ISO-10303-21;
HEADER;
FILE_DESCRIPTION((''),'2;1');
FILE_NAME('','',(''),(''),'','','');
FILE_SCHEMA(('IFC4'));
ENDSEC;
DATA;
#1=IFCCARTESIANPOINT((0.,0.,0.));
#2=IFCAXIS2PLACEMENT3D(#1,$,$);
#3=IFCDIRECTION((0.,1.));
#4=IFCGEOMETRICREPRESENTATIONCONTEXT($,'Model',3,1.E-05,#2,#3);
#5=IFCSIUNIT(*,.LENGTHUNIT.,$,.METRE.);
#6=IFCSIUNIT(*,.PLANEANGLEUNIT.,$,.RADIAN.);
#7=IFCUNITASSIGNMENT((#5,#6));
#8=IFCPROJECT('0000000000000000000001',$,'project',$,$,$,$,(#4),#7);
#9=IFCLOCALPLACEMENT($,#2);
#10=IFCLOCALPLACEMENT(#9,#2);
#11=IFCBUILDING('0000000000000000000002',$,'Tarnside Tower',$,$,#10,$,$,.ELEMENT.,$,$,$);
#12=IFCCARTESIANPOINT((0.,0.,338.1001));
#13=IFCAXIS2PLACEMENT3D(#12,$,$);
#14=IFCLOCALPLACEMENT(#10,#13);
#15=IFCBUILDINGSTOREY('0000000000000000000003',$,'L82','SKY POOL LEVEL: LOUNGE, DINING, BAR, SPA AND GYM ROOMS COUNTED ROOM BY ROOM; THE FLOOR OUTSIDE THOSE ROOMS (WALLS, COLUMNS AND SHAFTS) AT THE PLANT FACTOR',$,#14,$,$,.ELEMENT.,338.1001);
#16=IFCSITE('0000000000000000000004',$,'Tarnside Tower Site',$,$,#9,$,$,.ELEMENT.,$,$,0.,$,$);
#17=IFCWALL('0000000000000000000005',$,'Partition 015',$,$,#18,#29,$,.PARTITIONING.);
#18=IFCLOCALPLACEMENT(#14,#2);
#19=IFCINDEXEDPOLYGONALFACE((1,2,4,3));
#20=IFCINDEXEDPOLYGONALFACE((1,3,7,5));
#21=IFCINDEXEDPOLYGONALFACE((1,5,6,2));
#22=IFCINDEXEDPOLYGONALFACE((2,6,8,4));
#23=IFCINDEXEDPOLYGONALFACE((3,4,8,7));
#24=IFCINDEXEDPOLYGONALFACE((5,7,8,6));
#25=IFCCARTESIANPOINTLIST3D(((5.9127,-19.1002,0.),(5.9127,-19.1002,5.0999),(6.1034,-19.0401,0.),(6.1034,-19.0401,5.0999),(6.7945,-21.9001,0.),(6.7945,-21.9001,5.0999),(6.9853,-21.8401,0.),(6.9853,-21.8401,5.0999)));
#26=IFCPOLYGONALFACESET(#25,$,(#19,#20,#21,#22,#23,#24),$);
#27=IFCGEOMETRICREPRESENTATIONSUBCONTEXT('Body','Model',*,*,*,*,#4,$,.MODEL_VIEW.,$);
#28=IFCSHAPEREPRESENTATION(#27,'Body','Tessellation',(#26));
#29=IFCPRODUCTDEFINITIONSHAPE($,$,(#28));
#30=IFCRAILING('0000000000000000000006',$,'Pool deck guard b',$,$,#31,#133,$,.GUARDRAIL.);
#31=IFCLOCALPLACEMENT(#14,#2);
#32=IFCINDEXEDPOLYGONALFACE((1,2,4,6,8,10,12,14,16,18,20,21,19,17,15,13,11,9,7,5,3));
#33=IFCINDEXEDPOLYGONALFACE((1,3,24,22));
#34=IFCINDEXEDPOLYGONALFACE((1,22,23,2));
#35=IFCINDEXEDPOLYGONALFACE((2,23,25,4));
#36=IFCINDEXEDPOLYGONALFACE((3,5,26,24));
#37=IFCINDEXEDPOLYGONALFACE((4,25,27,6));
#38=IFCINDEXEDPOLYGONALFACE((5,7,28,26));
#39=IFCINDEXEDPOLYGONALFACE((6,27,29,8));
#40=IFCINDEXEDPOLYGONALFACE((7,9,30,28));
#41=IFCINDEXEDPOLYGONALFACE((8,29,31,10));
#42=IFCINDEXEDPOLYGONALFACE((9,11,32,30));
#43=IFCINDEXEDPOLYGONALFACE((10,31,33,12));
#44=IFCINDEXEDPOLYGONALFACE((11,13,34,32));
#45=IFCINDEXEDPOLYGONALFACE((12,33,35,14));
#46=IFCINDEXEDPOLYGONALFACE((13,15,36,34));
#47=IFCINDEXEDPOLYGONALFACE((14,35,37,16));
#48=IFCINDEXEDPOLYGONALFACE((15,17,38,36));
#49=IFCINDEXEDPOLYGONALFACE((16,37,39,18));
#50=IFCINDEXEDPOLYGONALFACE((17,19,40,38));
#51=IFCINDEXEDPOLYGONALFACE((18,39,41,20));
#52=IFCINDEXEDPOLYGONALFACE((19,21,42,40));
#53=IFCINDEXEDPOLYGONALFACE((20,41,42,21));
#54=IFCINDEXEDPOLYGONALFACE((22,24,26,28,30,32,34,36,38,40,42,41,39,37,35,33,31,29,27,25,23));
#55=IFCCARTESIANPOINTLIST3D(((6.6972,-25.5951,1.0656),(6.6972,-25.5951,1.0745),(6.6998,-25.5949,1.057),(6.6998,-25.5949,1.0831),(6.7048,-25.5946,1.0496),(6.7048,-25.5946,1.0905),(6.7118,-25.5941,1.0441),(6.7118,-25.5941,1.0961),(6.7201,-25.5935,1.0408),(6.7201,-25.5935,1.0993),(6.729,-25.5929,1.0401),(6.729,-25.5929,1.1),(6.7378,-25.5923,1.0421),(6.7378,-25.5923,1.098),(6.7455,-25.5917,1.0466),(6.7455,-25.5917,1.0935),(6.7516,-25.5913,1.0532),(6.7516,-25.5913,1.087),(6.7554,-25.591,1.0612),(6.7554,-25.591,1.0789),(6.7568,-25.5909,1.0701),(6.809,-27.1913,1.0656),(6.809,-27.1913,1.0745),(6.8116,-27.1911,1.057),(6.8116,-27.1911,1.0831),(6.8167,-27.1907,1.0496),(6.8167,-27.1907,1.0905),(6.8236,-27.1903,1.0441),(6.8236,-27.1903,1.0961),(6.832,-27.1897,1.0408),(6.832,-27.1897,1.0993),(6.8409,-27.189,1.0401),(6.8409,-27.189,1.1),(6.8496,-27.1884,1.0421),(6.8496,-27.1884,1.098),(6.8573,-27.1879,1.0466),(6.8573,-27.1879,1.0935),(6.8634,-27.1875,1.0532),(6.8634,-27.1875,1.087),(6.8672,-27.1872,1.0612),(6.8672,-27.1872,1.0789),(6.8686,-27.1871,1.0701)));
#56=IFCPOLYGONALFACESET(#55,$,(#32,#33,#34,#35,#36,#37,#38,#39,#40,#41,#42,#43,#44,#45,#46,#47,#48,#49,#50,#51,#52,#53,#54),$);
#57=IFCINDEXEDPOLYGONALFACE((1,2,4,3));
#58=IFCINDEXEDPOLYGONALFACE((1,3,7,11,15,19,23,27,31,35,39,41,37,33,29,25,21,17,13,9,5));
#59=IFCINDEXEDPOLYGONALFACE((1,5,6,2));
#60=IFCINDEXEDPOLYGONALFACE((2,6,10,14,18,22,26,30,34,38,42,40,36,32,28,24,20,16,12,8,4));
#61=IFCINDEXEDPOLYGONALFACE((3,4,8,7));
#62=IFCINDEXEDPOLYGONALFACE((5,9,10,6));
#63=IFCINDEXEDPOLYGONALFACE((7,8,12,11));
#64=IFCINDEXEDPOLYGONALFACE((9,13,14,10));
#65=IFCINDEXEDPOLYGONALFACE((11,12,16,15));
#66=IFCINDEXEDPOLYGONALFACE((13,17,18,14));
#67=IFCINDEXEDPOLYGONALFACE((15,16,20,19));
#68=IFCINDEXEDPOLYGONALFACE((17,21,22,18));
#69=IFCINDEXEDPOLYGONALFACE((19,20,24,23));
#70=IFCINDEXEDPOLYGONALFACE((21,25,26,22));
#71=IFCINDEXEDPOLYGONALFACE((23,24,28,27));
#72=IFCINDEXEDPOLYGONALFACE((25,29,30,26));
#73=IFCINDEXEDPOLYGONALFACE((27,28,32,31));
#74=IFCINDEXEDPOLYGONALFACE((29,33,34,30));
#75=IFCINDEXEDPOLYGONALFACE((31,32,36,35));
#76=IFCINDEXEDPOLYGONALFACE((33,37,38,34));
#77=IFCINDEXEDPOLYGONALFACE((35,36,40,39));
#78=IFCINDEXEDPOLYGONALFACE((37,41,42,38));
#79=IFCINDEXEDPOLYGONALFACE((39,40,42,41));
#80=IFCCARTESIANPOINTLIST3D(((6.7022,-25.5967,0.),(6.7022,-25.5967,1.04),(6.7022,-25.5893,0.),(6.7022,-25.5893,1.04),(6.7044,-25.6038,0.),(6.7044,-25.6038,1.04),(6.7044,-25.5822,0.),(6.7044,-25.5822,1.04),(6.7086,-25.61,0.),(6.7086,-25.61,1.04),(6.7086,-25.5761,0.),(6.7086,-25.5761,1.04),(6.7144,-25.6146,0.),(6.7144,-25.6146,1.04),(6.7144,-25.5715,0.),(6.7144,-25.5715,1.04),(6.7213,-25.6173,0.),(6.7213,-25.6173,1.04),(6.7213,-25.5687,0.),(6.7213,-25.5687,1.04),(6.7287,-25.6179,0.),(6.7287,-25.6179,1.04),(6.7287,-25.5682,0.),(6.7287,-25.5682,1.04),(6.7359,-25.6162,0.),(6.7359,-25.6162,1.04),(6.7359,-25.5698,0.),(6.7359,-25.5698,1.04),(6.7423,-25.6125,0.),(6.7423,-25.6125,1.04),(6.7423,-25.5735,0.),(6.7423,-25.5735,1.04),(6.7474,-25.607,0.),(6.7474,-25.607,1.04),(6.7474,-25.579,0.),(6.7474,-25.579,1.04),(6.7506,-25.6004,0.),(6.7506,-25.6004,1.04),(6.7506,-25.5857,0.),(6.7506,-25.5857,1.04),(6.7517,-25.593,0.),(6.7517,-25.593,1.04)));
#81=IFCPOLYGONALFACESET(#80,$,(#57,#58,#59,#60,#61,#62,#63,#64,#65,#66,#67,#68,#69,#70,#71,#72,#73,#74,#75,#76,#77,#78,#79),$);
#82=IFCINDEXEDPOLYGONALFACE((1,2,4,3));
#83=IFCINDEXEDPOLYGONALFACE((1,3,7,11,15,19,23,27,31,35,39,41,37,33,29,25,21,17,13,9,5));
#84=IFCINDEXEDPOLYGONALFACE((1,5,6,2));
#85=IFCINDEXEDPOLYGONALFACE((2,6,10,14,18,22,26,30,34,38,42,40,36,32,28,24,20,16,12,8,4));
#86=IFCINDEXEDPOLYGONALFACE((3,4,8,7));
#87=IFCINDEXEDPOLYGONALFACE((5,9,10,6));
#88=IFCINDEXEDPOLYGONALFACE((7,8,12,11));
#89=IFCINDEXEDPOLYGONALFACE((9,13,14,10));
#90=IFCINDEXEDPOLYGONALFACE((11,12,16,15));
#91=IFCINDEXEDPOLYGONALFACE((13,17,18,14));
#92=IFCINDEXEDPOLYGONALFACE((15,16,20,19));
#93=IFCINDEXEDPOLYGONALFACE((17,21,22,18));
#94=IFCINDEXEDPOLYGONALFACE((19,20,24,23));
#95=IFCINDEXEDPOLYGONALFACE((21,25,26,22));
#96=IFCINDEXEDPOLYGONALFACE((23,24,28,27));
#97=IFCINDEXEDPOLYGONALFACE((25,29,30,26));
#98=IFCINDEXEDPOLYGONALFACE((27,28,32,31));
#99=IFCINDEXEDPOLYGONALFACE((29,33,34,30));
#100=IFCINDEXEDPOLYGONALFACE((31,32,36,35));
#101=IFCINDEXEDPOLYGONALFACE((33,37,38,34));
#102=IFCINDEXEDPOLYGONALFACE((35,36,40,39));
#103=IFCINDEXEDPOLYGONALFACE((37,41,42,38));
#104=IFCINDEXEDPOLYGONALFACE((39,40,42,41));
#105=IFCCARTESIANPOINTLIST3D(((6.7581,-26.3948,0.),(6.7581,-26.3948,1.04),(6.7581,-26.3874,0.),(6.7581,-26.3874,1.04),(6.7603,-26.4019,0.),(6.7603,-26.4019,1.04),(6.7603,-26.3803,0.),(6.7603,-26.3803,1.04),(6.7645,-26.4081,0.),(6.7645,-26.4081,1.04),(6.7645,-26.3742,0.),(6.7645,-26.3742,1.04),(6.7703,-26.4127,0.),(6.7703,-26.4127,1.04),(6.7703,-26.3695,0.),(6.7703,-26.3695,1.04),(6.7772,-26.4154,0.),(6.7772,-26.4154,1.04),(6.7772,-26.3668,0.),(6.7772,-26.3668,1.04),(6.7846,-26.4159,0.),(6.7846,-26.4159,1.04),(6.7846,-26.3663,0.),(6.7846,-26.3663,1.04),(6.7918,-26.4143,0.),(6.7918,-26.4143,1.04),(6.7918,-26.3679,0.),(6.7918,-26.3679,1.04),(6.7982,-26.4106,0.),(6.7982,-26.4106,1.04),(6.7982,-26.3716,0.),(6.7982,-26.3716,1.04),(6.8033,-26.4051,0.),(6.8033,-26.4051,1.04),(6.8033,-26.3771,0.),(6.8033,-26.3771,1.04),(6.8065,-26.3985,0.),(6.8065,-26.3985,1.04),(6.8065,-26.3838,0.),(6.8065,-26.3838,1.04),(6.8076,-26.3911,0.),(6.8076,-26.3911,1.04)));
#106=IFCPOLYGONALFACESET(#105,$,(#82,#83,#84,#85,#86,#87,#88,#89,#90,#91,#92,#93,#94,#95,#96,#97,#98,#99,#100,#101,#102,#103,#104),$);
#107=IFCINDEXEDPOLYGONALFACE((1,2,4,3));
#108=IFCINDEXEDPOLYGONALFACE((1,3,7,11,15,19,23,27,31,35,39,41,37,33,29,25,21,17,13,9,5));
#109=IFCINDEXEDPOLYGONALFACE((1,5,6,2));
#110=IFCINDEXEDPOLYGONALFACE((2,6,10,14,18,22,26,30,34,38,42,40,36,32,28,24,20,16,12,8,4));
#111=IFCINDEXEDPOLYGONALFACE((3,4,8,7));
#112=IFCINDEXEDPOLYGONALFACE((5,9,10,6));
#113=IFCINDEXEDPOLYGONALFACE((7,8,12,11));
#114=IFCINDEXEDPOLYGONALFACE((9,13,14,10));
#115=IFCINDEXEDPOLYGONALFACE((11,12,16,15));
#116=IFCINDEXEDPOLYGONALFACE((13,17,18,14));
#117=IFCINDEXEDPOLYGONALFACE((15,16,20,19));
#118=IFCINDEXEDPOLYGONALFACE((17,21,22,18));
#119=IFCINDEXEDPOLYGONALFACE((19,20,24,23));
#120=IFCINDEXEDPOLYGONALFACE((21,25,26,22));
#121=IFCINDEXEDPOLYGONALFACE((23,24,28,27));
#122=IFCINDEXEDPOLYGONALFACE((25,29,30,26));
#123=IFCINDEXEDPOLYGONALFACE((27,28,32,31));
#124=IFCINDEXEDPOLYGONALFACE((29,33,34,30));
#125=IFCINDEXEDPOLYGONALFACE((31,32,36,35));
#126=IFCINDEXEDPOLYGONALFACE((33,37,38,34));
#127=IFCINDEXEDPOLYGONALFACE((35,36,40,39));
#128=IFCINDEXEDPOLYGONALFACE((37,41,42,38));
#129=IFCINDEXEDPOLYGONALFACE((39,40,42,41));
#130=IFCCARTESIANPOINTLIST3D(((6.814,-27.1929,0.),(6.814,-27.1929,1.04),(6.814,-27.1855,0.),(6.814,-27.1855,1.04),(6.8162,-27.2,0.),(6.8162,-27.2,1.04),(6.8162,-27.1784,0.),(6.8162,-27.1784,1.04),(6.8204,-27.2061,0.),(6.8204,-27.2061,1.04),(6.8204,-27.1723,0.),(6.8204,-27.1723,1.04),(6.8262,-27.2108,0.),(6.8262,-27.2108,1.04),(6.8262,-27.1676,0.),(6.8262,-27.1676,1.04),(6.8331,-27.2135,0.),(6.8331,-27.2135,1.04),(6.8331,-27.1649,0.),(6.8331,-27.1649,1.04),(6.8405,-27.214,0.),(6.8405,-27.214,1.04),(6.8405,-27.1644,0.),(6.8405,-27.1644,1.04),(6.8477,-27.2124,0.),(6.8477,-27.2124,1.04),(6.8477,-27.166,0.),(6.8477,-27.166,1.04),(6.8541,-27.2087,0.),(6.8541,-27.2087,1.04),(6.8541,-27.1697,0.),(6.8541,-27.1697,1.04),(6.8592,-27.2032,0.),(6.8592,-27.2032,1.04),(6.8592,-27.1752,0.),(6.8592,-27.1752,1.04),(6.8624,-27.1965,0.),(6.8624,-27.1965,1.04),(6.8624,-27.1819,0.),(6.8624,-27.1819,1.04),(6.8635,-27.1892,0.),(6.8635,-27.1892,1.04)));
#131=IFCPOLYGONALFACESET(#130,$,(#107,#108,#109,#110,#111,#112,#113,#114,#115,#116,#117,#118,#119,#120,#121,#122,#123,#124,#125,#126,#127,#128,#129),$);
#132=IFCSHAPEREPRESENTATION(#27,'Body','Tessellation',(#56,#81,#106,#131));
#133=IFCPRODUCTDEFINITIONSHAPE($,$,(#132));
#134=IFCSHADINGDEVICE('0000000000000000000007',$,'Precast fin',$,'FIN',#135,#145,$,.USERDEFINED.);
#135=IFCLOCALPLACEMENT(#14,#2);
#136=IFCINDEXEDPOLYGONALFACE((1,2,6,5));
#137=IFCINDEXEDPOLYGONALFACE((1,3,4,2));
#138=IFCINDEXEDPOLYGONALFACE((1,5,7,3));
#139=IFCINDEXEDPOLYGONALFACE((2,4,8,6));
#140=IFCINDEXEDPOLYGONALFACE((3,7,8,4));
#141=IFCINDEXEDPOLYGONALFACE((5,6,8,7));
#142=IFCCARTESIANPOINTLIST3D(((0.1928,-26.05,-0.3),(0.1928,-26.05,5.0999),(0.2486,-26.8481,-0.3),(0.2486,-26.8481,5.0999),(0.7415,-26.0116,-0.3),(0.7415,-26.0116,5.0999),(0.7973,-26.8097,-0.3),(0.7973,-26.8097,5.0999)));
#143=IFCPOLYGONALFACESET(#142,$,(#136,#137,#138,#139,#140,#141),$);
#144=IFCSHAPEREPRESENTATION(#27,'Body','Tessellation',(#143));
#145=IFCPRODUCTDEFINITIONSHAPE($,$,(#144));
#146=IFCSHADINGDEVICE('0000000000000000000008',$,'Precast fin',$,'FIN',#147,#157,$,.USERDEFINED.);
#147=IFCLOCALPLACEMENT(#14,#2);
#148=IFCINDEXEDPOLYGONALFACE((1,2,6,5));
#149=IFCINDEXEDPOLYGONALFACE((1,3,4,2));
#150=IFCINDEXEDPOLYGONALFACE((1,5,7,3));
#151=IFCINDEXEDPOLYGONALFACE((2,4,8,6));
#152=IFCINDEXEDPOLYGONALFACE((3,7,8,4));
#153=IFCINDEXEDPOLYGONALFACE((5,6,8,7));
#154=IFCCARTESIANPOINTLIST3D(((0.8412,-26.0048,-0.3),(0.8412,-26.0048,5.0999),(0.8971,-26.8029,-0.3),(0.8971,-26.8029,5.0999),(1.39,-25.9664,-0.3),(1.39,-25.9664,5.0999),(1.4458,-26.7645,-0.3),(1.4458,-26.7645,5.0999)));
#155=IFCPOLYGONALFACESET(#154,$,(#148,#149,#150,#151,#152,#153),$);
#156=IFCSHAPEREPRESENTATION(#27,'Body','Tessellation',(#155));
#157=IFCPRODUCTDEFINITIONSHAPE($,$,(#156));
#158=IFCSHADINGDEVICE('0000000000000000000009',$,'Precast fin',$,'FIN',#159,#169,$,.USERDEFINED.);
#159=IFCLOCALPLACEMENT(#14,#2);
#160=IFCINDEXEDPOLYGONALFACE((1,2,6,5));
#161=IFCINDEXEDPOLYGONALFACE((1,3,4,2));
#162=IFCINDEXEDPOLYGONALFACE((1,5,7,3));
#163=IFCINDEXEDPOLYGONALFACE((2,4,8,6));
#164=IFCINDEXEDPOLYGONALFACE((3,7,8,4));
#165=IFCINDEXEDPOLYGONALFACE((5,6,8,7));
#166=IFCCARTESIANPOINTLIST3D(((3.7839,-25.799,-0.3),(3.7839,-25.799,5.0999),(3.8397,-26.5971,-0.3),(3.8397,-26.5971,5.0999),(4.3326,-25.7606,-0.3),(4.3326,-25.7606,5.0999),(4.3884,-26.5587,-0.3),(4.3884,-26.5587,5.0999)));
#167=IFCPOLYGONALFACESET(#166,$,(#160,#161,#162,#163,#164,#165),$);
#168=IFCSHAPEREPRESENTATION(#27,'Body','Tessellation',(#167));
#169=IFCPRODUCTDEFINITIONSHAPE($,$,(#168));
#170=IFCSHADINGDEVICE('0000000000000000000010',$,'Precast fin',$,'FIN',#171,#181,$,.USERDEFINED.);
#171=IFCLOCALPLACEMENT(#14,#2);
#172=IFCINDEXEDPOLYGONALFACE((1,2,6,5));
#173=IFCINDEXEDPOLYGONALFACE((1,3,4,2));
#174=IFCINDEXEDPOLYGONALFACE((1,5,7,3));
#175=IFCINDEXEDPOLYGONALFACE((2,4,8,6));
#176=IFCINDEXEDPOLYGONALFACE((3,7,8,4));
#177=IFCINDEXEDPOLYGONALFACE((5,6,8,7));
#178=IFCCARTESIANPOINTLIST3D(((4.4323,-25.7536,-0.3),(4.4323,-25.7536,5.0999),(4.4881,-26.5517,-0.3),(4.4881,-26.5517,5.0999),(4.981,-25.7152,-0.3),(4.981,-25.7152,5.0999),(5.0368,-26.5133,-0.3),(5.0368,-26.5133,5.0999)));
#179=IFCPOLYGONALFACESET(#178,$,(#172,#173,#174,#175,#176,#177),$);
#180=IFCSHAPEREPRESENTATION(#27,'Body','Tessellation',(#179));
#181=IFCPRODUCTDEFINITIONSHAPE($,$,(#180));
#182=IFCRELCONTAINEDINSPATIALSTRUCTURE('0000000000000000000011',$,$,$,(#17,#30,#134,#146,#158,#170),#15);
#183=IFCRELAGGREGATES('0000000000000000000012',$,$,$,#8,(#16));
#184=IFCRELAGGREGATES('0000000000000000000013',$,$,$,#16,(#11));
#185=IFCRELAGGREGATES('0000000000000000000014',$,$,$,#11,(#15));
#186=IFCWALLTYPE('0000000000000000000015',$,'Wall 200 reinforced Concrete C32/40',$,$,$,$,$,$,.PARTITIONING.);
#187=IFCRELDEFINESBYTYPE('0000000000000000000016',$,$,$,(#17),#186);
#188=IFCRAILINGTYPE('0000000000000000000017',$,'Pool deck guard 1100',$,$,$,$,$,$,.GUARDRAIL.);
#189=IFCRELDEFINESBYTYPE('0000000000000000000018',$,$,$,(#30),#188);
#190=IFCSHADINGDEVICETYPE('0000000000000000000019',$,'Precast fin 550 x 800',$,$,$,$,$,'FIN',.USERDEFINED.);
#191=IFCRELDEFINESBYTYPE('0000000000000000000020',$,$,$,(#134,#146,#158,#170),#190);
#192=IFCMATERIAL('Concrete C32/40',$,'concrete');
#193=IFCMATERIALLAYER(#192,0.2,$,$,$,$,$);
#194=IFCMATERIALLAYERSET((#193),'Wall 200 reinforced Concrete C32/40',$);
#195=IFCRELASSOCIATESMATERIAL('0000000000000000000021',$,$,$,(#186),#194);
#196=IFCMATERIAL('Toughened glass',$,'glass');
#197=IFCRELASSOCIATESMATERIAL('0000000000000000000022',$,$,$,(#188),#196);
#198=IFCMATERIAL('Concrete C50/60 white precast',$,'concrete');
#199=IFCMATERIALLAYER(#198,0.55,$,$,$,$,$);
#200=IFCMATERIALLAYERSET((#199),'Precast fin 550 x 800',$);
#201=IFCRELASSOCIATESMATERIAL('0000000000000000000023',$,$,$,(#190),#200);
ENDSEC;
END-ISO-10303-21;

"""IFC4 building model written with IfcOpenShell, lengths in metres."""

from ifc_helpers import new_model, si_unit, direction, frame, frame_2d, origin, origin_2d, place, context, subcontext, project, spatial, polyline, rectangle, circle, outline, extrude, material, layer, layer_set, type_object, element, save


model = new_model("IFC4")

# Units and contexts
model_context = context("Model", 3, precision=1e-05, world=origin(), true_north=direction((0.0, 1.0)))
body_context = subcontext(model_context, "Body", "Model", "MODEL_VIEW")
ifc_project = project(units=[si_unit("LENGTHUNIT", "METRE"), si_unit("PLANEANGLEUNIT", "RADIAN")], contexts=[model_context])

# Site, building, storey
site_placement = place(None, origin())
site = spatial("IfcSite", under=ifc_project, at=site_placement, Name="Tarnside Tower Site", CompositionType="ELEMENT", RefElevation=0.0)
building_placement = place(site_placement, origin())
building = spatial("IfcBuilding", under=site, at=building_placement, Name="Tarnside Tower", CompositionType="ELEMENT")
storey_placement = place(building_placement, frame((0.0, 0.0, 338.1001)))
storey = spatial("IfcBuildingStorey", under=building, at=storey_placement, Name="L82", Description="SKY POOL LEVEL: LOUNGE, DINING, BAR, SPA AND GYM ROOMS COUNTED ROOM BY ROOM; THE FLOOR OUTSIDE THOSE ROOMS (WALLS, COLUMNS AND SHAFTS) AT THE PLANT FACTOR", CompositionType="ELEMENT", Elevation=338.1001)

# Wall
ifc_material_1 = material(Name="Concrete C32/40", Category="concrete")
ifc_layer_1 = layer(ifc_material_1, 0.2)
ifc_layer_set_1 = layer_set([ifc_layer_1], Name="Wall 200 reinforced Concrete C32/40")
wall_type_1 = type_object("IfcWallType", Name="Wall 200 reinforced Concrete C32/40", PredefinedType="PARTITIONING", material=ifc_layer_set_1)
wall_1_placement = place(storey_placement, frame((6.8899, -21.8701, 0.0), z_axis=(0.0, 0.0, 1.0), x_axis=(-0.300391, 0.953816, 0.0)))
element("IfcWall", 1, at=wall_1_placement, inside=storey, type_object=wall_type_1, Name="Partition 015", PredefinedType="PARTITIONING", context=body_context, shape_type="SweptSolid", body=[
    extrude(rectangle(XDim=2.9355, YDim=0.2, at=frame_2d((1.4678, 0.0))), origin(), (0.0, 0.0, 1.0), 5.0999),
])

# Railing
ifc_material_2 = material(Name="Toughened glass", Category="glass")
railing_type = type_object("IfcRailingType", Name="Pool deck guard 1100", PredefinedType="GUARDRAIL", material=ifc_material_2)
railing_placement = place(storey_placement, frame((6.7268, -25.593, 0.0)))
element("IfcRailing", 2, at=railing_placement, inside=storey, type_object=railing_type, Name="Pool deck guard b", PredefinedType="GUARDRAIL", context=body_context, shape_type="SweptSolid", body=[
    extrude(circle(Radius=0.03, at=origin_2d()), frame((0.0, 0.0, 1.0701), z_axis=(0.069881, -0.997555, 0.0), x_axis=(0.997555, 0.069881, 0.0)), (0.0, 0.0, 1.0), 1.6001),
    extrude(circle(Radius=0.0249, at=origin_2d()), origin(), (0.0, 0.0, 1.0), 1.04),
    extrude(circle(Radius=0.0249, at=origin_2d()), frame((0.0559, -0.7981, 0.0)), (0.0, 0.0, 1.0), 1.04),
    extrude(circle(Radius=0.0249, at=origin_2d()), frame((0.1118, -1.5962, 0.0)), (0.0, 0.0, 1.0), 1.04),
])

# Shading devices
ifc_material_3 = material(Name="Concrete C50/60 white precast", Category="concrete")
ifc_layer_2 = layer(ifc_material_3, 0.55)
ifc_layer_set_2 = layer_set([ifc_layer_2], Name="Precast fin 550 x 800")
shading_device_type = type_object("IfcShadingDeviceType", Name="Precast fin 550 x 800", ElementType="FIN", PredefinedType="USERDEFINED", material=ifc_layer_set_2)
for number, where, z_axis, x_axis, name in (
    (3, (0.4673, -26.0308, -0.3), (-0.997564, -0.069756, 0.0), (0.069756, -0.997564, 0.0), "Precast fin"),
    (4, (1.1157, -25.9856, -0.3), (-0.997564, -0.069756, 0.0), (0.069756, -0.997564, 0.0), "Precast fin"),
    (5, (4.0583, -25.7798, -0.3), (-0.997564, -0.069756, 0.0), (0.069756, -0.997564, 0.0), "Precast fin"),
    (6, (4.7068, -25.7344, -0.3), (-0.997564, -0.069756, 0.0), (0.069756, -0.997564, 0.0), "Precast fin"),
):
    element("IfcShadingDevice", number, at=place(storey_placement, frame(where, z_axis=z_axis, x_axis=x_axis)), inside=storey, type_object=shading_device_type, Name=name, ObjectType="FIN", PredefinedType="USERDEFINED", context=body_context, shape_type="SweptSolid", body=[
        extrude(outline(polyline([(0.0, 0.0), (0.8, 0.0), (0.8, 5.3999), (0.0, 5.3999), (0.0, 0.0)])), frame((0.0, 0.0, -0.2749)), (0.0, 0.0, 1.0), 0.55),
    ])

save(model, "model.ifc")
